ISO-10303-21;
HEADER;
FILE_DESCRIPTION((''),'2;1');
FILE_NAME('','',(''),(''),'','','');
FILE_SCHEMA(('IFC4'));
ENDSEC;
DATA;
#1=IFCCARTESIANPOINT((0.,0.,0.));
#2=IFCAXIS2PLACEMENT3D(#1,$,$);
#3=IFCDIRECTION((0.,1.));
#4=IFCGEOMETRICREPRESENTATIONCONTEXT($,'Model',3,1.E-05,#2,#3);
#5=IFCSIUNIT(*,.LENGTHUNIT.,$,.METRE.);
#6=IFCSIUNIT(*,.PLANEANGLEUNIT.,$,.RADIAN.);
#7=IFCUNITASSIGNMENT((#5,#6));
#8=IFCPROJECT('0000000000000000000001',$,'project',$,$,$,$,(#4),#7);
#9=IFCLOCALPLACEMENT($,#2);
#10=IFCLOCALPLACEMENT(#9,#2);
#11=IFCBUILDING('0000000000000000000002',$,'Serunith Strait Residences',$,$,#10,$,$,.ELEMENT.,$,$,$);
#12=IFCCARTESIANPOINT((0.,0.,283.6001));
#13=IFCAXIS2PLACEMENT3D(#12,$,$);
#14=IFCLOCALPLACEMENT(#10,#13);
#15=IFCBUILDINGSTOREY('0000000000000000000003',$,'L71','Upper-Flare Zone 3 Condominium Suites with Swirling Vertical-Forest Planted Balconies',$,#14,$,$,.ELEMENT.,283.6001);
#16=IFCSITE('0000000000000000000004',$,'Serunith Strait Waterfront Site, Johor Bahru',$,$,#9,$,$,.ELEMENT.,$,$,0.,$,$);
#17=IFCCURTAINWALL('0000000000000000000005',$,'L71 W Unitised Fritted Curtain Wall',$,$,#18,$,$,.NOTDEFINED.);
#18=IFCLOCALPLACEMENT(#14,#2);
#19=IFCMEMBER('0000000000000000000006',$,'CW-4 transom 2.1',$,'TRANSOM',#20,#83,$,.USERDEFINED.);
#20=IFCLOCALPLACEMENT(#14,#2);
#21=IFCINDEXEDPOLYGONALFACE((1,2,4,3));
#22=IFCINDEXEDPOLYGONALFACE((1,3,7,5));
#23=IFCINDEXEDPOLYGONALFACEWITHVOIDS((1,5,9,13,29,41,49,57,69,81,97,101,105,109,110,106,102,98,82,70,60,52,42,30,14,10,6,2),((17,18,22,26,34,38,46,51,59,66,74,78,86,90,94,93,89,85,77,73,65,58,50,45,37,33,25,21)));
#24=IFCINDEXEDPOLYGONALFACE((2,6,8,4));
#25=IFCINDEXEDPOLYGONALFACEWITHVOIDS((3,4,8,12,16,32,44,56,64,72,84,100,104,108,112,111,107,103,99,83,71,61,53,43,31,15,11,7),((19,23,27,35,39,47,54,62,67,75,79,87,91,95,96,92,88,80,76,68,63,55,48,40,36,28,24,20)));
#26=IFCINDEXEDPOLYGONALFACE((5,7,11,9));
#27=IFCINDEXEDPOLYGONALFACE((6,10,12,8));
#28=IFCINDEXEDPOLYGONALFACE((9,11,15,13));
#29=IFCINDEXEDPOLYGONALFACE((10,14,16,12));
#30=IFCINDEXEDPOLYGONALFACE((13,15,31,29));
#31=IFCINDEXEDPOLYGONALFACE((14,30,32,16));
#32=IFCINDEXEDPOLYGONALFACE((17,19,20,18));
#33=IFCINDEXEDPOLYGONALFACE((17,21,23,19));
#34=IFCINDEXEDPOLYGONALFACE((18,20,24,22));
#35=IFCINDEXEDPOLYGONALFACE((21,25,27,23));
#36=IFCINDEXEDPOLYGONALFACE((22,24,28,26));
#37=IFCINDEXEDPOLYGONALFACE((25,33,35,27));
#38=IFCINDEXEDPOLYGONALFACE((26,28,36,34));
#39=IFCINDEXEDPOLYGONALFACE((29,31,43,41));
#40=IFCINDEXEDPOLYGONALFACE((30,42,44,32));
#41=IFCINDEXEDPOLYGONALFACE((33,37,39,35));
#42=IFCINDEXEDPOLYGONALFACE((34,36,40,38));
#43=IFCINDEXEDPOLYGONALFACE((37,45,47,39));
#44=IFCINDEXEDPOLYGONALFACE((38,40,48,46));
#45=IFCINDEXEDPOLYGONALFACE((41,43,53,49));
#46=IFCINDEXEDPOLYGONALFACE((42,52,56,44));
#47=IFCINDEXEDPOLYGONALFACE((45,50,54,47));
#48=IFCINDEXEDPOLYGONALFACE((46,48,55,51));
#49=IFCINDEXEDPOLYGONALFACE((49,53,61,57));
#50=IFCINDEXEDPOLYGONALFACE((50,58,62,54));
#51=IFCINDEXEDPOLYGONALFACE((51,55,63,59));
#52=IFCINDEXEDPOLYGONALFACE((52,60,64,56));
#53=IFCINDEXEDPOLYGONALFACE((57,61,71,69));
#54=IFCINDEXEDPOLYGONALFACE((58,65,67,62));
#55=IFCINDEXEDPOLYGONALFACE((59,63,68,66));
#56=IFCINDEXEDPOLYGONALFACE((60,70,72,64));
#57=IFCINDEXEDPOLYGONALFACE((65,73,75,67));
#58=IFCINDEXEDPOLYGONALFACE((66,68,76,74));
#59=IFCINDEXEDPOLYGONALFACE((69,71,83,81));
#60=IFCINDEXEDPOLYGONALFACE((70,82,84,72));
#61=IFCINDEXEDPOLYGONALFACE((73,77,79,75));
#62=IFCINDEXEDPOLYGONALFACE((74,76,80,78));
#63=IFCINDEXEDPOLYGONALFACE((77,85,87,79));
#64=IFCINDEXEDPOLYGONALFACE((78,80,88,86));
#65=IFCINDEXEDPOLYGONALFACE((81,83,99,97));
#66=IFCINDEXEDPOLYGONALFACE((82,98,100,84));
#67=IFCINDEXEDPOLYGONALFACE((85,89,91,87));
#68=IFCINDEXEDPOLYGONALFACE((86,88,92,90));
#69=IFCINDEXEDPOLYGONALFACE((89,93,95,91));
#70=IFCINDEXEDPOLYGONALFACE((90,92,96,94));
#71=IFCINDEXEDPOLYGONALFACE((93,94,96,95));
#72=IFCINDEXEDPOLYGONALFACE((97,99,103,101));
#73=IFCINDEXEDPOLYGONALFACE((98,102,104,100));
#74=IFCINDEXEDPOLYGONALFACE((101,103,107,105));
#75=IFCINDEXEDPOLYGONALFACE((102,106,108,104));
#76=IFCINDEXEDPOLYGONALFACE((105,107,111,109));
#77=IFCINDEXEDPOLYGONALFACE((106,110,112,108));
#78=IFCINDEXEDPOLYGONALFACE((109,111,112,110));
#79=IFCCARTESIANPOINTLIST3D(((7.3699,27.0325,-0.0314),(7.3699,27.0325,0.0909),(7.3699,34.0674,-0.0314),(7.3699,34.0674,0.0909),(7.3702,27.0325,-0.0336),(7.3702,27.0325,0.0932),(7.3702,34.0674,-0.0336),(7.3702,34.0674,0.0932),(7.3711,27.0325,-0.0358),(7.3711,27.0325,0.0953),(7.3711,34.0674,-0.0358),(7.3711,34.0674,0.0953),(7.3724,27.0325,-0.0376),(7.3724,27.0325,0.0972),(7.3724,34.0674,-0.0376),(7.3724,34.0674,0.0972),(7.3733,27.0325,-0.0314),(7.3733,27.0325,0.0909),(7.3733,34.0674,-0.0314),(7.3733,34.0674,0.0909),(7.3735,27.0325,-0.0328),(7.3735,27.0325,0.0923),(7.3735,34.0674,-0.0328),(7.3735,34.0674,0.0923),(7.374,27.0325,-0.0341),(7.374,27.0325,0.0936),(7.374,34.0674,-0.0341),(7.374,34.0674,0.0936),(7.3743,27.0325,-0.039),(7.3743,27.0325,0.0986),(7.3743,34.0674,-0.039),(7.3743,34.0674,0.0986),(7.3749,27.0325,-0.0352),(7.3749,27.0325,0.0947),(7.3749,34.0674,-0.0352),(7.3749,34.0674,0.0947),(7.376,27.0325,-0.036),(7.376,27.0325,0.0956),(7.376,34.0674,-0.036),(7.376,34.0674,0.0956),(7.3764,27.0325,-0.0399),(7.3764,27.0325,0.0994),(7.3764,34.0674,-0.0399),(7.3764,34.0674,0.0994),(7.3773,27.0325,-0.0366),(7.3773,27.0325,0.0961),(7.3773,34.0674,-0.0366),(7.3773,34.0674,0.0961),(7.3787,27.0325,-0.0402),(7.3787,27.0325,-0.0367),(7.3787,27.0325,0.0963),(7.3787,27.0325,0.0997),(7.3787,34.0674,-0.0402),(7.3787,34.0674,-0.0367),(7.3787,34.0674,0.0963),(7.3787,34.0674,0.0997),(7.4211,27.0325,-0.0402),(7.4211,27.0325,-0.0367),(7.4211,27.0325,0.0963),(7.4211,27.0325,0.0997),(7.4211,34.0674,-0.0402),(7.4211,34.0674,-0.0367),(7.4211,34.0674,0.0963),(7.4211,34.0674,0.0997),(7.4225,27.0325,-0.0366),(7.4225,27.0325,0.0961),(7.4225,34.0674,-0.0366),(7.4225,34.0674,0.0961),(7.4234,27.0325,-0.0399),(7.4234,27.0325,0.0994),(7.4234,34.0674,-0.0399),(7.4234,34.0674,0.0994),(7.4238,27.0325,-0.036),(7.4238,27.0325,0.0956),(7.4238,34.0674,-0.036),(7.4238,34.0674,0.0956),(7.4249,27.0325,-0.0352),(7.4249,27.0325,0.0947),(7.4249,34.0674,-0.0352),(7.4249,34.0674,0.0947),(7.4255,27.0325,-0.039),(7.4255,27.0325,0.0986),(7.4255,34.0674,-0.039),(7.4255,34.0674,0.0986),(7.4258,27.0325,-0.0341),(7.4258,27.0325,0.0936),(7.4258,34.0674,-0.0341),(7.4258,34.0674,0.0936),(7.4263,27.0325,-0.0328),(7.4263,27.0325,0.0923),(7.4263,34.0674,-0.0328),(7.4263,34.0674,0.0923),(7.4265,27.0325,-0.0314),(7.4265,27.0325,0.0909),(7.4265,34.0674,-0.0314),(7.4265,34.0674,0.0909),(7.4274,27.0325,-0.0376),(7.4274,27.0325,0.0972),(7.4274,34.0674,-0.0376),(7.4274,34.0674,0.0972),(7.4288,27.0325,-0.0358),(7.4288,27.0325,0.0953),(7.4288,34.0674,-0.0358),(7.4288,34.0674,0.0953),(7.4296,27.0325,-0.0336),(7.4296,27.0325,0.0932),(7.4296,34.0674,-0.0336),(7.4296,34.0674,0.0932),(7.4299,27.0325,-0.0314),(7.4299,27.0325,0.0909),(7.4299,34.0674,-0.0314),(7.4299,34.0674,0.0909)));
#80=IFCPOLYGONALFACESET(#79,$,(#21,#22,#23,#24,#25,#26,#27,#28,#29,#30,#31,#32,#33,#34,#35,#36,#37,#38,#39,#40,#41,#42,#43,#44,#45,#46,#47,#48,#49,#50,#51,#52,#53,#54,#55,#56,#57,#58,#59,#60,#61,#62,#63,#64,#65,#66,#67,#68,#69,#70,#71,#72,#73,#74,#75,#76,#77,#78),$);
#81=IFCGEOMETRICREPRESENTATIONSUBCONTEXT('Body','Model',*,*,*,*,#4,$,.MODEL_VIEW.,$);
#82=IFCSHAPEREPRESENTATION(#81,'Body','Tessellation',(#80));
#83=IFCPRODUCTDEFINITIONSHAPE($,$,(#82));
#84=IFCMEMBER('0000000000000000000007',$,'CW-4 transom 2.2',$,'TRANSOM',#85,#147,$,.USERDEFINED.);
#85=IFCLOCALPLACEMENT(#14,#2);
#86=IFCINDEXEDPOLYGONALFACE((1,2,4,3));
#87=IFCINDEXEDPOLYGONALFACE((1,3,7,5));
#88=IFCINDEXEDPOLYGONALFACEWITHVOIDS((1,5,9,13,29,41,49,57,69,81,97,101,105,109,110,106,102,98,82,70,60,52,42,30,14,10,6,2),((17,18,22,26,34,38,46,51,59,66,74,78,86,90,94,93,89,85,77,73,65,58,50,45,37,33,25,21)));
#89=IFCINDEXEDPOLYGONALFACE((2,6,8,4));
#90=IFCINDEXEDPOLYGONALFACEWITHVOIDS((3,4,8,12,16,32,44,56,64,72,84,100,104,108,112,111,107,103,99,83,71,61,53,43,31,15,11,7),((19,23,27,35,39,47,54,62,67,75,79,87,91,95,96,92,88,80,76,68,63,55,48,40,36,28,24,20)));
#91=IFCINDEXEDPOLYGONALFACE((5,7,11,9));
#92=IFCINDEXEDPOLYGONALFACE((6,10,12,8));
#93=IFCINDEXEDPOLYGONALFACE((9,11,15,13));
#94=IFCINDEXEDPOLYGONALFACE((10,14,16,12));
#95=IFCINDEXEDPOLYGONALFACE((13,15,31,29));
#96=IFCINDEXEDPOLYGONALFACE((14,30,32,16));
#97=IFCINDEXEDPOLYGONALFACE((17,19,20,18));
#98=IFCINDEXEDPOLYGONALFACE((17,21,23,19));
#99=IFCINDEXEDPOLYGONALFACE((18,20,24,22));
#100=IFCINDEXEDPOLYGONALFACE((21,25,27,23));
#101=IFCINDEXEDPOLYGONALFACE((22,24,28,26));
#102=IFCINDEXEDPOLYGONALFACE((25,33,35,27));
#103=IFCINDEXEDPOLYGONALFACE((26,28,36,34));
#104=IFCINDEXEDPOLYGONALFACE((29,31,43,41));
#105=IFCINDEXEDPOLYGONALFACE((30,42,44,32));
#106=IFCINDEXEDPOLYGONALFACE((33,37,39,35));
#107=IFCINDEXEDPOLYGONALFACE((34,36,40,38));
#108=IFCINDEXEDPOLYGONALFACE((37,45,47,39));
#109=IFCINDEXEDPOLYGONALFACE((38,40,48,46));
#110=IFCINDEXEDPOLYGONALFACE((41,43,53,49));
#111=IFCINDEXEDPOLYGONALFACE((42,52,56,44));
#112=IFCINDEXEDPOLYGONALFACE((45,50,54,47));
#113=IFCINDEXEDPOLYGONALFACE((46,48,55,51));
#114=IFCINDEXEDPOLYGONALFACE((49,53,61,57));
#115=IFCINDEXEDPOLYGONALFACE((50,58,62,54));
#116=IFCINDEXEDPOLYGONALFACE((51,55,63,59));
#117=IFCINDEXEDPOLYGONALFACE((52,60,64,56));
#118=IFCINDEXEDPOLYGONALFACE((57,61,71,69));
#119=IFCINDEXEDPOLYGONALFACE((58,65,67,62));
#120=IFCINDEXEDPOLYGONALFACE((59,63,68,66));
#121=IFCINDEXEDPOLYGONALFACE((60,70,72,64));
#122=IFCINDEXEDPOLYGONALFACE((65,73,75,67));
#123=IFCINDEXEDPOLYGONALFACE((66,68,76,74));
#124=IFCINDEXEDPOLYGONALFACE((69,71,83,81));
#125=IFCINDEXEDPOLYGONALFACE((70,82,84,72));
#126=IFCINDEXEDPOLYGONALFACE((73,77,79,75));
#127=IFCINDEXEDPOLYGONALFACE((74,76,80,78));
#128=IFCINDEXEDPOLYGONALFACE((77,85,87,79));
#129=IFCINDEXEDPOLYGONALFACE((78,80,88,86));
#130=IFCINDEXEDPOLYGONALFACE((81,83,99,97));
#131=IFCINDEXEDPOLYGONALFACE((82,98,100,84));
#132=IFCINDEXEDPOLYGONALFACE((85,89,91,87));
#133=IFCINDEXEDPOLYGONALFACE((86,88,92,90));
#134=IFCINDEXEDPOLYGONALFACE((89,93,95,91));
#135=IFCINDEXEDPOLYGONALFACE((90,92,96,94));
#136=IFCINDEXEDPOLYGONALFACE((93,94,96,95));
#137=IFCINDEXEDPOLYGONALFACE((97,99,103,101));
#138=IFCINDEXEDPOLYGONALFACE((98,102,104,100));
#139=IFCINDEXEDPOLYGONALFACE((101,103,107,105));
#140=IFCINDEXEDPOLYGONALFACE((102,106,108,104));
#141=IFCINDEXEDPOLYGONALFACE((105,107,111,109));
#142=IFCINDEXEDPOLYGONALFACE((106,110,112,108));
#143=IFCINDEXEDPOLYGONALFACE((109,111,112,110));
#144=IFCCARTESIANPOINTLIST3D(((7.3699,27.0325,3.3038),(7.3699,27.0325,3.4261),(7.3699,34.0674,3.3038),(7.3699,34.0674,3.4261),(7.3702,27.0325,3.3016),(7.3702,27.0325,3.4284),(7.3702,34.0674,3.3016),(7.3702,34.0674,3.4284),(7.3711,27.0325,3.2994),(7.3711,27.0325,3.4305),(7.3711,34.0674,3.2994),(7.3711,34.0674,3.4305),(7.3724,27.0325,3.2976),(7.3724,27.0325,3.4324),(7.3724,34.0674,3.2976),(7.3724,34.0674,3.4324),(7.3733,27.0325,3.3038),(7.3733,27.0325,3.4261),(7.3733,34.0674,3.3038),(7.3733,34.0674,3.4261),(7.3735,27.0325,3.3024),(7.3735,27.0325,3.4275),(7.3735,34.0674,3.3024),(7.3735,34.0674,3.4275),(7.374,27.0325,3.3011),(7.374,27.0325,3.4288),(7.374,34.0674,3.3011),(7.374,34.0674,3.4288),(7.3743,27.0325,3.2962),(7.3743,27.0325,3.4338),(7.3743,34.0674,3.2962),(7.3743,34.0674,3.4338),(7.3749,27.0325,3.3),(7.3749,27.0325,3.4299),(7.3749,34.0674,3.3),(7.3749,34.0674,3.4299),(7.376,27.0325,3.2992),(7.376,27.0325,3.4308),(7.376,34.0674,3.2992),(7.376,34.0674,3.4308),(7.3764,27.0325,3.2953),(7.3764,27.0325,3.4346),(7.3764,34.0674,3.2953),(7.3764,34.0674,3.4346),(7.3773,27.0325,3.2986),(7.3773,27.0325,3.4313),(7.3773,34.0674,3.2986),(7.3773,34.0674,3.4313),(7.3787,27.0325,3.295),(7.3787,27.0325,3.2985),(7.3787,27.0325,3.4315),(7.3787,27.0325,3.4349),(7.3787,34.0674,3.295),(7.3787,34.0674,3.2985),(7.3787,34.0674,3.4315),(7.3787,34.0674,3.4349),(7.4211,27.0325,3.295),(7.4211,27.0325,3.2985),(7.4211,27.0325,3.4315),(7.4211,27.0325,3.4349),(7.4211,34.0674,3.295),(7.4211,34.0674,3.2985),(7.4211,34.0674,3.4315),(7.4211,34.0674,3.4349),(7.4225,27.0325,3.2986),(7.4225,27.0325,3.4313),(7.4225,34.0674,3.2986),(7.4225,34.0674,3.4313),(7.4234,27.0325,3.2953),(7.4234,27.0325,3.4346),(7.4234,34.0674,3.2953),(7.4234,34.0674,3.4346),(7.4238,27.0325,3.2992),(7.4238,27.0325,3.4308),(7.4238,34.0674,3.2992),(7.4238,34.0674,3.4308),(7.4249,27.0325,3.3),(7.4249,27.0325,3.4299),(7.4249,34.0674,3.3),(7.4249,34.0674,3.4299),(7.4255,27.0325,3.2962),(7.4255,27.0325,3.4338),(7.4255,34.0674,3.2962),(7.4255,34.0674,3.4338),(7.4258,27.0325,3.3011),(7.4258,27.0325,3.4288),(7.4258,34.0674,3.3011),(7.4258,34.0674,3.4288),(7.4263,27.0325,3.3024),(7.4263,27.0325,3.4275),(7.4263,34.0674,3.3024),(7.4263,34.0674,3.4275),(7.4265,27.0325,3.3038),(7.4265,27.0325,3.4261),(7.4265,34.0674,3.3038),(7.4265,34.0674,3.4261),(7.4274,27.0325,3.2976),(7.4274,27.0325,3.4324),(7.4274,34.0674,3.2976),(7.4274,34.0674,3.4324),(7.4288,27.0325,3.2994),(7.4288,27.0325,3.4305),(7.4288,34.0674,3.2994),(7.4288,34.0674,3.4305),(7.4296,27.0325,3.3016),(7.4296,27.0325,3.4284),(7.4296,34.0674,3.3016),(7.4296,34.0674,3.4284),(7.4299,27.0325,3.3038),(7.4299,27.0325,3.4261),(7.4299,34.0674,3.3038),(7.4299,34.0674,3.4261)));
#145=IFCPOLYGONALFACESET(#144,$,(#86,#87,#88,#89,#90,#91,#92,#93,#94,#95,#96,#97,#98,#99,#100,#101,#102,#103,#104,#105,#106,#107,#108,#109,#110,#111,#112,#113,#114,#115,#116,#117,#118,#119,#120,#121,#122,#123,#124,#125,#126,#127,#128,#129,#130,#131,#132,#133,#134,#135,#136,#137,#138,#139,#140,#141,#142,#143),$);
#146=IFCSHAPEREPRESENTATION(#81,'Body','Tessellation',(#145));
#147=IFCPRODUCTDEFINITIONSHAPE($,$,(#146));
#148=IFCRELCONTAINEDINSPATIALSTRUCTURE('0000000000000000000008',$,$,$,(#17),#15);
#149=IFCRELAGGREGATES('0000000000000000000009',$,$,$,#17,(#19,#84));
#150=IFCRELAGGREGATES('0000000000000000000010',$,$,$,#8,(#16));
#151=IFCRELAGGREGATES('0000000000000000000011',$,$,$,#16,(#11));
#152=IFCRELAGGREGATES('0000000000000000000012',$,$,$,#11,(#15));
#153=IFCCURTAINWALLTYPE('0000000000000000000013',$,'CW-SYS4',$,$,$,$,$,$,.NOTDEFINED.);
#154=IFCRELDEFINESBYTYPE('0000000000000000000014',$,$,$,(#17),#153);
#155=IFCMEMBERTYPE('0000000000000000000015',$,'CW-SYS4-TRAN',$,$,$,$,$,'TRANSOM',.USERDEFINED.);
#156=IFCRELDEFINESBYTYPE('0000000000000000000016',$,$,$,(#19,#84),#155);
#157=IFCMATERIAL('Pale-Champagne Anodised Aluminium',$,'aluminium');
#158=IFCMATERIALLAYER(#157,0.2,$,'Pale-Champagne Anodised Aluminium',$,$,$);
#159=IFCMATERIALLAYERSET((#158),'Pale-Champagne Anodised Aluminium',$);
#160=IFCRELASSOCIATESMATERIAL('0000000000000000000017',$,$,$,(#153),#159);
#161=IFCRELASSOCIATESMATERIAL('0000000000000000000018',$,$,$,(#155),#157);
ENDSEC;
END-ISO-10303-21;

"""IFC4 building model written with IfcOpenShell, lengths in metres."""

from ifc_helpers import new_model, si_unit, direction, frame, origin, origin_2d, place, context, subcontext, project, spatial, hollow_rectangle, extrude, source, transform, mapped, material, layer, layer_set, material_profile, profile_set, type_object, element, aggregate, save


model = new_model("IFC4")

# Units and contexts
model_context = context("Model", 3, precision=1e-05, world=origin(), true_north=direction((0.0, 1.0)))
body_context = subcontext(model_context, "Body", "Model", "MODEL_VIEW")
ifc_project = project(units=[si_unit("LENGTHUNIT", "METRE"), si_unit("PLANEANGLEUNIT", "RADIAN")], contexts=[model_context])

# Site, building, storey
site_placement = place(None, origin())
site = spatial("IfcSite", under=ifc_project, at=site_placement, Name="Serunith Strait Waterfront Site, Johor Bahru", CompositionType="ELEMENT", RefElevation=0.0)
building_placement = place(site_placement, origin())
building = spatial("IfcBuilding", under=site, at=building_placement, Name="Serunith Strait Residences", CompositionType="ELEMENT")
storey_placement = place(building_placement, frame((0.0, 0.0, 283.6001)))
storey = spatial("IfcBuildingStorey", under=building, at=storey_placement, Name="L71", Description="Upper-Flare Zone 3 Condominium Suites with Swirling Vertical-Forest Planted Balconies", CompositionType="ELEMENT", Elevation=283.6001)

# Curtain wall, members
ifc_material_1 = material(Name="Pale-Champagne Anodised Aluminium", Category="aluminium")
ifc_layer_1 = layer(ifc_material_1, 0.2, Name="Pale-Champagne Anodised Aluminium")
ifc_layer_set_1 = layer_set([ifc_layer_1], Name="Pale-Champagne Anodised Aluminium")
curtain_wall_type = type_object("IfcCurtainWallType", Name="CW-SYS4", PredefinedType="NOTDEFINED", material=ifc_layer_set_1)
curtain_wall_placement = place(storey_placement, origin())
curtain_wall = element("IfcCurtainWall", 1, at=curtain_wall_placement, inside=storey, type_object=curtain_wall_type, Name="L71 W Unitised Fritted Curtain Wall", PredefinedType="NOTDEFINED")
ifc_material_profile_1 = material_profile(ifc_material_1, hollow_rectangle(XDim=0.0601, YDim=0.1399, WallThickness=0.0034, InnerFilletRadius=0.0054, OuterFilletRadius=0.0088, at=origin_2d()), Name="ALU 140x60x3.5")
ifc_profile_set_1 = profile_set([ifc_material_profile_1], Name="Pale-Champagne Anodised Aluminium")
member_type_1 = type_object("IfcMemberType", Name="CW-SYS4-TRAN", ElementType="TRANSOM", PredefinedType="USERDEFINED", material=ifc_profile_set_1)
shared_shape_1 = source(origin(), body_context, "Body", "SweptSolid", [
    extrude(hollow_rectangle(XDim=0.0601, YDim=0.1399, WallThickness=0.0034, InnerFilletRadius=0.0054, OuterFilletRadius=0.0088, at=origin_2d()), origin(), (0.0, 0.0, 1.0), 7.0349),
])
member_1_placement = place(storey_placement, frame((7.3999, 34.0674, 0.0298), z_axis=(0.0, -1.0, 0.0), x_axis=(1.0, 0.0, 0.0)))
member_1 = element("IfcMember", 2, at=member_1_placement, type_object=member_type_1, Name="CW-4 transom 2.1", ObjectType="TRANSOM", PredefinedType="USERDEFINED", context=body_context, shape_type="MappedRepresentation", body=[
    mapped(shared_shape_1, transform((0.0, 0.0, 0.0), scale=1.0)),
])
member_2_placement = place(storey_placement, frame((7.3999, 34.0674, 3.365), z_axis=(0.0, -1.0, 0.0), x_axis=(1.0, 0.0, 0.0)))
member_2 = element("IfcMember", 3, at=member_2_placement, type_object=member_type_1, Name="CW-4 transom 2.2", ObjectType="TRANSOM", PredefinedType="USERDEFINED", context=body_context, shape_type="MappedRepresentation", body=[
    mapped(shared_shape_1, transform((0.0, 0.0, 0.0), scale=1.0)),
])
aggregate(curtain_wall, [member_1, member_2])

save(model, "model.ifc")
